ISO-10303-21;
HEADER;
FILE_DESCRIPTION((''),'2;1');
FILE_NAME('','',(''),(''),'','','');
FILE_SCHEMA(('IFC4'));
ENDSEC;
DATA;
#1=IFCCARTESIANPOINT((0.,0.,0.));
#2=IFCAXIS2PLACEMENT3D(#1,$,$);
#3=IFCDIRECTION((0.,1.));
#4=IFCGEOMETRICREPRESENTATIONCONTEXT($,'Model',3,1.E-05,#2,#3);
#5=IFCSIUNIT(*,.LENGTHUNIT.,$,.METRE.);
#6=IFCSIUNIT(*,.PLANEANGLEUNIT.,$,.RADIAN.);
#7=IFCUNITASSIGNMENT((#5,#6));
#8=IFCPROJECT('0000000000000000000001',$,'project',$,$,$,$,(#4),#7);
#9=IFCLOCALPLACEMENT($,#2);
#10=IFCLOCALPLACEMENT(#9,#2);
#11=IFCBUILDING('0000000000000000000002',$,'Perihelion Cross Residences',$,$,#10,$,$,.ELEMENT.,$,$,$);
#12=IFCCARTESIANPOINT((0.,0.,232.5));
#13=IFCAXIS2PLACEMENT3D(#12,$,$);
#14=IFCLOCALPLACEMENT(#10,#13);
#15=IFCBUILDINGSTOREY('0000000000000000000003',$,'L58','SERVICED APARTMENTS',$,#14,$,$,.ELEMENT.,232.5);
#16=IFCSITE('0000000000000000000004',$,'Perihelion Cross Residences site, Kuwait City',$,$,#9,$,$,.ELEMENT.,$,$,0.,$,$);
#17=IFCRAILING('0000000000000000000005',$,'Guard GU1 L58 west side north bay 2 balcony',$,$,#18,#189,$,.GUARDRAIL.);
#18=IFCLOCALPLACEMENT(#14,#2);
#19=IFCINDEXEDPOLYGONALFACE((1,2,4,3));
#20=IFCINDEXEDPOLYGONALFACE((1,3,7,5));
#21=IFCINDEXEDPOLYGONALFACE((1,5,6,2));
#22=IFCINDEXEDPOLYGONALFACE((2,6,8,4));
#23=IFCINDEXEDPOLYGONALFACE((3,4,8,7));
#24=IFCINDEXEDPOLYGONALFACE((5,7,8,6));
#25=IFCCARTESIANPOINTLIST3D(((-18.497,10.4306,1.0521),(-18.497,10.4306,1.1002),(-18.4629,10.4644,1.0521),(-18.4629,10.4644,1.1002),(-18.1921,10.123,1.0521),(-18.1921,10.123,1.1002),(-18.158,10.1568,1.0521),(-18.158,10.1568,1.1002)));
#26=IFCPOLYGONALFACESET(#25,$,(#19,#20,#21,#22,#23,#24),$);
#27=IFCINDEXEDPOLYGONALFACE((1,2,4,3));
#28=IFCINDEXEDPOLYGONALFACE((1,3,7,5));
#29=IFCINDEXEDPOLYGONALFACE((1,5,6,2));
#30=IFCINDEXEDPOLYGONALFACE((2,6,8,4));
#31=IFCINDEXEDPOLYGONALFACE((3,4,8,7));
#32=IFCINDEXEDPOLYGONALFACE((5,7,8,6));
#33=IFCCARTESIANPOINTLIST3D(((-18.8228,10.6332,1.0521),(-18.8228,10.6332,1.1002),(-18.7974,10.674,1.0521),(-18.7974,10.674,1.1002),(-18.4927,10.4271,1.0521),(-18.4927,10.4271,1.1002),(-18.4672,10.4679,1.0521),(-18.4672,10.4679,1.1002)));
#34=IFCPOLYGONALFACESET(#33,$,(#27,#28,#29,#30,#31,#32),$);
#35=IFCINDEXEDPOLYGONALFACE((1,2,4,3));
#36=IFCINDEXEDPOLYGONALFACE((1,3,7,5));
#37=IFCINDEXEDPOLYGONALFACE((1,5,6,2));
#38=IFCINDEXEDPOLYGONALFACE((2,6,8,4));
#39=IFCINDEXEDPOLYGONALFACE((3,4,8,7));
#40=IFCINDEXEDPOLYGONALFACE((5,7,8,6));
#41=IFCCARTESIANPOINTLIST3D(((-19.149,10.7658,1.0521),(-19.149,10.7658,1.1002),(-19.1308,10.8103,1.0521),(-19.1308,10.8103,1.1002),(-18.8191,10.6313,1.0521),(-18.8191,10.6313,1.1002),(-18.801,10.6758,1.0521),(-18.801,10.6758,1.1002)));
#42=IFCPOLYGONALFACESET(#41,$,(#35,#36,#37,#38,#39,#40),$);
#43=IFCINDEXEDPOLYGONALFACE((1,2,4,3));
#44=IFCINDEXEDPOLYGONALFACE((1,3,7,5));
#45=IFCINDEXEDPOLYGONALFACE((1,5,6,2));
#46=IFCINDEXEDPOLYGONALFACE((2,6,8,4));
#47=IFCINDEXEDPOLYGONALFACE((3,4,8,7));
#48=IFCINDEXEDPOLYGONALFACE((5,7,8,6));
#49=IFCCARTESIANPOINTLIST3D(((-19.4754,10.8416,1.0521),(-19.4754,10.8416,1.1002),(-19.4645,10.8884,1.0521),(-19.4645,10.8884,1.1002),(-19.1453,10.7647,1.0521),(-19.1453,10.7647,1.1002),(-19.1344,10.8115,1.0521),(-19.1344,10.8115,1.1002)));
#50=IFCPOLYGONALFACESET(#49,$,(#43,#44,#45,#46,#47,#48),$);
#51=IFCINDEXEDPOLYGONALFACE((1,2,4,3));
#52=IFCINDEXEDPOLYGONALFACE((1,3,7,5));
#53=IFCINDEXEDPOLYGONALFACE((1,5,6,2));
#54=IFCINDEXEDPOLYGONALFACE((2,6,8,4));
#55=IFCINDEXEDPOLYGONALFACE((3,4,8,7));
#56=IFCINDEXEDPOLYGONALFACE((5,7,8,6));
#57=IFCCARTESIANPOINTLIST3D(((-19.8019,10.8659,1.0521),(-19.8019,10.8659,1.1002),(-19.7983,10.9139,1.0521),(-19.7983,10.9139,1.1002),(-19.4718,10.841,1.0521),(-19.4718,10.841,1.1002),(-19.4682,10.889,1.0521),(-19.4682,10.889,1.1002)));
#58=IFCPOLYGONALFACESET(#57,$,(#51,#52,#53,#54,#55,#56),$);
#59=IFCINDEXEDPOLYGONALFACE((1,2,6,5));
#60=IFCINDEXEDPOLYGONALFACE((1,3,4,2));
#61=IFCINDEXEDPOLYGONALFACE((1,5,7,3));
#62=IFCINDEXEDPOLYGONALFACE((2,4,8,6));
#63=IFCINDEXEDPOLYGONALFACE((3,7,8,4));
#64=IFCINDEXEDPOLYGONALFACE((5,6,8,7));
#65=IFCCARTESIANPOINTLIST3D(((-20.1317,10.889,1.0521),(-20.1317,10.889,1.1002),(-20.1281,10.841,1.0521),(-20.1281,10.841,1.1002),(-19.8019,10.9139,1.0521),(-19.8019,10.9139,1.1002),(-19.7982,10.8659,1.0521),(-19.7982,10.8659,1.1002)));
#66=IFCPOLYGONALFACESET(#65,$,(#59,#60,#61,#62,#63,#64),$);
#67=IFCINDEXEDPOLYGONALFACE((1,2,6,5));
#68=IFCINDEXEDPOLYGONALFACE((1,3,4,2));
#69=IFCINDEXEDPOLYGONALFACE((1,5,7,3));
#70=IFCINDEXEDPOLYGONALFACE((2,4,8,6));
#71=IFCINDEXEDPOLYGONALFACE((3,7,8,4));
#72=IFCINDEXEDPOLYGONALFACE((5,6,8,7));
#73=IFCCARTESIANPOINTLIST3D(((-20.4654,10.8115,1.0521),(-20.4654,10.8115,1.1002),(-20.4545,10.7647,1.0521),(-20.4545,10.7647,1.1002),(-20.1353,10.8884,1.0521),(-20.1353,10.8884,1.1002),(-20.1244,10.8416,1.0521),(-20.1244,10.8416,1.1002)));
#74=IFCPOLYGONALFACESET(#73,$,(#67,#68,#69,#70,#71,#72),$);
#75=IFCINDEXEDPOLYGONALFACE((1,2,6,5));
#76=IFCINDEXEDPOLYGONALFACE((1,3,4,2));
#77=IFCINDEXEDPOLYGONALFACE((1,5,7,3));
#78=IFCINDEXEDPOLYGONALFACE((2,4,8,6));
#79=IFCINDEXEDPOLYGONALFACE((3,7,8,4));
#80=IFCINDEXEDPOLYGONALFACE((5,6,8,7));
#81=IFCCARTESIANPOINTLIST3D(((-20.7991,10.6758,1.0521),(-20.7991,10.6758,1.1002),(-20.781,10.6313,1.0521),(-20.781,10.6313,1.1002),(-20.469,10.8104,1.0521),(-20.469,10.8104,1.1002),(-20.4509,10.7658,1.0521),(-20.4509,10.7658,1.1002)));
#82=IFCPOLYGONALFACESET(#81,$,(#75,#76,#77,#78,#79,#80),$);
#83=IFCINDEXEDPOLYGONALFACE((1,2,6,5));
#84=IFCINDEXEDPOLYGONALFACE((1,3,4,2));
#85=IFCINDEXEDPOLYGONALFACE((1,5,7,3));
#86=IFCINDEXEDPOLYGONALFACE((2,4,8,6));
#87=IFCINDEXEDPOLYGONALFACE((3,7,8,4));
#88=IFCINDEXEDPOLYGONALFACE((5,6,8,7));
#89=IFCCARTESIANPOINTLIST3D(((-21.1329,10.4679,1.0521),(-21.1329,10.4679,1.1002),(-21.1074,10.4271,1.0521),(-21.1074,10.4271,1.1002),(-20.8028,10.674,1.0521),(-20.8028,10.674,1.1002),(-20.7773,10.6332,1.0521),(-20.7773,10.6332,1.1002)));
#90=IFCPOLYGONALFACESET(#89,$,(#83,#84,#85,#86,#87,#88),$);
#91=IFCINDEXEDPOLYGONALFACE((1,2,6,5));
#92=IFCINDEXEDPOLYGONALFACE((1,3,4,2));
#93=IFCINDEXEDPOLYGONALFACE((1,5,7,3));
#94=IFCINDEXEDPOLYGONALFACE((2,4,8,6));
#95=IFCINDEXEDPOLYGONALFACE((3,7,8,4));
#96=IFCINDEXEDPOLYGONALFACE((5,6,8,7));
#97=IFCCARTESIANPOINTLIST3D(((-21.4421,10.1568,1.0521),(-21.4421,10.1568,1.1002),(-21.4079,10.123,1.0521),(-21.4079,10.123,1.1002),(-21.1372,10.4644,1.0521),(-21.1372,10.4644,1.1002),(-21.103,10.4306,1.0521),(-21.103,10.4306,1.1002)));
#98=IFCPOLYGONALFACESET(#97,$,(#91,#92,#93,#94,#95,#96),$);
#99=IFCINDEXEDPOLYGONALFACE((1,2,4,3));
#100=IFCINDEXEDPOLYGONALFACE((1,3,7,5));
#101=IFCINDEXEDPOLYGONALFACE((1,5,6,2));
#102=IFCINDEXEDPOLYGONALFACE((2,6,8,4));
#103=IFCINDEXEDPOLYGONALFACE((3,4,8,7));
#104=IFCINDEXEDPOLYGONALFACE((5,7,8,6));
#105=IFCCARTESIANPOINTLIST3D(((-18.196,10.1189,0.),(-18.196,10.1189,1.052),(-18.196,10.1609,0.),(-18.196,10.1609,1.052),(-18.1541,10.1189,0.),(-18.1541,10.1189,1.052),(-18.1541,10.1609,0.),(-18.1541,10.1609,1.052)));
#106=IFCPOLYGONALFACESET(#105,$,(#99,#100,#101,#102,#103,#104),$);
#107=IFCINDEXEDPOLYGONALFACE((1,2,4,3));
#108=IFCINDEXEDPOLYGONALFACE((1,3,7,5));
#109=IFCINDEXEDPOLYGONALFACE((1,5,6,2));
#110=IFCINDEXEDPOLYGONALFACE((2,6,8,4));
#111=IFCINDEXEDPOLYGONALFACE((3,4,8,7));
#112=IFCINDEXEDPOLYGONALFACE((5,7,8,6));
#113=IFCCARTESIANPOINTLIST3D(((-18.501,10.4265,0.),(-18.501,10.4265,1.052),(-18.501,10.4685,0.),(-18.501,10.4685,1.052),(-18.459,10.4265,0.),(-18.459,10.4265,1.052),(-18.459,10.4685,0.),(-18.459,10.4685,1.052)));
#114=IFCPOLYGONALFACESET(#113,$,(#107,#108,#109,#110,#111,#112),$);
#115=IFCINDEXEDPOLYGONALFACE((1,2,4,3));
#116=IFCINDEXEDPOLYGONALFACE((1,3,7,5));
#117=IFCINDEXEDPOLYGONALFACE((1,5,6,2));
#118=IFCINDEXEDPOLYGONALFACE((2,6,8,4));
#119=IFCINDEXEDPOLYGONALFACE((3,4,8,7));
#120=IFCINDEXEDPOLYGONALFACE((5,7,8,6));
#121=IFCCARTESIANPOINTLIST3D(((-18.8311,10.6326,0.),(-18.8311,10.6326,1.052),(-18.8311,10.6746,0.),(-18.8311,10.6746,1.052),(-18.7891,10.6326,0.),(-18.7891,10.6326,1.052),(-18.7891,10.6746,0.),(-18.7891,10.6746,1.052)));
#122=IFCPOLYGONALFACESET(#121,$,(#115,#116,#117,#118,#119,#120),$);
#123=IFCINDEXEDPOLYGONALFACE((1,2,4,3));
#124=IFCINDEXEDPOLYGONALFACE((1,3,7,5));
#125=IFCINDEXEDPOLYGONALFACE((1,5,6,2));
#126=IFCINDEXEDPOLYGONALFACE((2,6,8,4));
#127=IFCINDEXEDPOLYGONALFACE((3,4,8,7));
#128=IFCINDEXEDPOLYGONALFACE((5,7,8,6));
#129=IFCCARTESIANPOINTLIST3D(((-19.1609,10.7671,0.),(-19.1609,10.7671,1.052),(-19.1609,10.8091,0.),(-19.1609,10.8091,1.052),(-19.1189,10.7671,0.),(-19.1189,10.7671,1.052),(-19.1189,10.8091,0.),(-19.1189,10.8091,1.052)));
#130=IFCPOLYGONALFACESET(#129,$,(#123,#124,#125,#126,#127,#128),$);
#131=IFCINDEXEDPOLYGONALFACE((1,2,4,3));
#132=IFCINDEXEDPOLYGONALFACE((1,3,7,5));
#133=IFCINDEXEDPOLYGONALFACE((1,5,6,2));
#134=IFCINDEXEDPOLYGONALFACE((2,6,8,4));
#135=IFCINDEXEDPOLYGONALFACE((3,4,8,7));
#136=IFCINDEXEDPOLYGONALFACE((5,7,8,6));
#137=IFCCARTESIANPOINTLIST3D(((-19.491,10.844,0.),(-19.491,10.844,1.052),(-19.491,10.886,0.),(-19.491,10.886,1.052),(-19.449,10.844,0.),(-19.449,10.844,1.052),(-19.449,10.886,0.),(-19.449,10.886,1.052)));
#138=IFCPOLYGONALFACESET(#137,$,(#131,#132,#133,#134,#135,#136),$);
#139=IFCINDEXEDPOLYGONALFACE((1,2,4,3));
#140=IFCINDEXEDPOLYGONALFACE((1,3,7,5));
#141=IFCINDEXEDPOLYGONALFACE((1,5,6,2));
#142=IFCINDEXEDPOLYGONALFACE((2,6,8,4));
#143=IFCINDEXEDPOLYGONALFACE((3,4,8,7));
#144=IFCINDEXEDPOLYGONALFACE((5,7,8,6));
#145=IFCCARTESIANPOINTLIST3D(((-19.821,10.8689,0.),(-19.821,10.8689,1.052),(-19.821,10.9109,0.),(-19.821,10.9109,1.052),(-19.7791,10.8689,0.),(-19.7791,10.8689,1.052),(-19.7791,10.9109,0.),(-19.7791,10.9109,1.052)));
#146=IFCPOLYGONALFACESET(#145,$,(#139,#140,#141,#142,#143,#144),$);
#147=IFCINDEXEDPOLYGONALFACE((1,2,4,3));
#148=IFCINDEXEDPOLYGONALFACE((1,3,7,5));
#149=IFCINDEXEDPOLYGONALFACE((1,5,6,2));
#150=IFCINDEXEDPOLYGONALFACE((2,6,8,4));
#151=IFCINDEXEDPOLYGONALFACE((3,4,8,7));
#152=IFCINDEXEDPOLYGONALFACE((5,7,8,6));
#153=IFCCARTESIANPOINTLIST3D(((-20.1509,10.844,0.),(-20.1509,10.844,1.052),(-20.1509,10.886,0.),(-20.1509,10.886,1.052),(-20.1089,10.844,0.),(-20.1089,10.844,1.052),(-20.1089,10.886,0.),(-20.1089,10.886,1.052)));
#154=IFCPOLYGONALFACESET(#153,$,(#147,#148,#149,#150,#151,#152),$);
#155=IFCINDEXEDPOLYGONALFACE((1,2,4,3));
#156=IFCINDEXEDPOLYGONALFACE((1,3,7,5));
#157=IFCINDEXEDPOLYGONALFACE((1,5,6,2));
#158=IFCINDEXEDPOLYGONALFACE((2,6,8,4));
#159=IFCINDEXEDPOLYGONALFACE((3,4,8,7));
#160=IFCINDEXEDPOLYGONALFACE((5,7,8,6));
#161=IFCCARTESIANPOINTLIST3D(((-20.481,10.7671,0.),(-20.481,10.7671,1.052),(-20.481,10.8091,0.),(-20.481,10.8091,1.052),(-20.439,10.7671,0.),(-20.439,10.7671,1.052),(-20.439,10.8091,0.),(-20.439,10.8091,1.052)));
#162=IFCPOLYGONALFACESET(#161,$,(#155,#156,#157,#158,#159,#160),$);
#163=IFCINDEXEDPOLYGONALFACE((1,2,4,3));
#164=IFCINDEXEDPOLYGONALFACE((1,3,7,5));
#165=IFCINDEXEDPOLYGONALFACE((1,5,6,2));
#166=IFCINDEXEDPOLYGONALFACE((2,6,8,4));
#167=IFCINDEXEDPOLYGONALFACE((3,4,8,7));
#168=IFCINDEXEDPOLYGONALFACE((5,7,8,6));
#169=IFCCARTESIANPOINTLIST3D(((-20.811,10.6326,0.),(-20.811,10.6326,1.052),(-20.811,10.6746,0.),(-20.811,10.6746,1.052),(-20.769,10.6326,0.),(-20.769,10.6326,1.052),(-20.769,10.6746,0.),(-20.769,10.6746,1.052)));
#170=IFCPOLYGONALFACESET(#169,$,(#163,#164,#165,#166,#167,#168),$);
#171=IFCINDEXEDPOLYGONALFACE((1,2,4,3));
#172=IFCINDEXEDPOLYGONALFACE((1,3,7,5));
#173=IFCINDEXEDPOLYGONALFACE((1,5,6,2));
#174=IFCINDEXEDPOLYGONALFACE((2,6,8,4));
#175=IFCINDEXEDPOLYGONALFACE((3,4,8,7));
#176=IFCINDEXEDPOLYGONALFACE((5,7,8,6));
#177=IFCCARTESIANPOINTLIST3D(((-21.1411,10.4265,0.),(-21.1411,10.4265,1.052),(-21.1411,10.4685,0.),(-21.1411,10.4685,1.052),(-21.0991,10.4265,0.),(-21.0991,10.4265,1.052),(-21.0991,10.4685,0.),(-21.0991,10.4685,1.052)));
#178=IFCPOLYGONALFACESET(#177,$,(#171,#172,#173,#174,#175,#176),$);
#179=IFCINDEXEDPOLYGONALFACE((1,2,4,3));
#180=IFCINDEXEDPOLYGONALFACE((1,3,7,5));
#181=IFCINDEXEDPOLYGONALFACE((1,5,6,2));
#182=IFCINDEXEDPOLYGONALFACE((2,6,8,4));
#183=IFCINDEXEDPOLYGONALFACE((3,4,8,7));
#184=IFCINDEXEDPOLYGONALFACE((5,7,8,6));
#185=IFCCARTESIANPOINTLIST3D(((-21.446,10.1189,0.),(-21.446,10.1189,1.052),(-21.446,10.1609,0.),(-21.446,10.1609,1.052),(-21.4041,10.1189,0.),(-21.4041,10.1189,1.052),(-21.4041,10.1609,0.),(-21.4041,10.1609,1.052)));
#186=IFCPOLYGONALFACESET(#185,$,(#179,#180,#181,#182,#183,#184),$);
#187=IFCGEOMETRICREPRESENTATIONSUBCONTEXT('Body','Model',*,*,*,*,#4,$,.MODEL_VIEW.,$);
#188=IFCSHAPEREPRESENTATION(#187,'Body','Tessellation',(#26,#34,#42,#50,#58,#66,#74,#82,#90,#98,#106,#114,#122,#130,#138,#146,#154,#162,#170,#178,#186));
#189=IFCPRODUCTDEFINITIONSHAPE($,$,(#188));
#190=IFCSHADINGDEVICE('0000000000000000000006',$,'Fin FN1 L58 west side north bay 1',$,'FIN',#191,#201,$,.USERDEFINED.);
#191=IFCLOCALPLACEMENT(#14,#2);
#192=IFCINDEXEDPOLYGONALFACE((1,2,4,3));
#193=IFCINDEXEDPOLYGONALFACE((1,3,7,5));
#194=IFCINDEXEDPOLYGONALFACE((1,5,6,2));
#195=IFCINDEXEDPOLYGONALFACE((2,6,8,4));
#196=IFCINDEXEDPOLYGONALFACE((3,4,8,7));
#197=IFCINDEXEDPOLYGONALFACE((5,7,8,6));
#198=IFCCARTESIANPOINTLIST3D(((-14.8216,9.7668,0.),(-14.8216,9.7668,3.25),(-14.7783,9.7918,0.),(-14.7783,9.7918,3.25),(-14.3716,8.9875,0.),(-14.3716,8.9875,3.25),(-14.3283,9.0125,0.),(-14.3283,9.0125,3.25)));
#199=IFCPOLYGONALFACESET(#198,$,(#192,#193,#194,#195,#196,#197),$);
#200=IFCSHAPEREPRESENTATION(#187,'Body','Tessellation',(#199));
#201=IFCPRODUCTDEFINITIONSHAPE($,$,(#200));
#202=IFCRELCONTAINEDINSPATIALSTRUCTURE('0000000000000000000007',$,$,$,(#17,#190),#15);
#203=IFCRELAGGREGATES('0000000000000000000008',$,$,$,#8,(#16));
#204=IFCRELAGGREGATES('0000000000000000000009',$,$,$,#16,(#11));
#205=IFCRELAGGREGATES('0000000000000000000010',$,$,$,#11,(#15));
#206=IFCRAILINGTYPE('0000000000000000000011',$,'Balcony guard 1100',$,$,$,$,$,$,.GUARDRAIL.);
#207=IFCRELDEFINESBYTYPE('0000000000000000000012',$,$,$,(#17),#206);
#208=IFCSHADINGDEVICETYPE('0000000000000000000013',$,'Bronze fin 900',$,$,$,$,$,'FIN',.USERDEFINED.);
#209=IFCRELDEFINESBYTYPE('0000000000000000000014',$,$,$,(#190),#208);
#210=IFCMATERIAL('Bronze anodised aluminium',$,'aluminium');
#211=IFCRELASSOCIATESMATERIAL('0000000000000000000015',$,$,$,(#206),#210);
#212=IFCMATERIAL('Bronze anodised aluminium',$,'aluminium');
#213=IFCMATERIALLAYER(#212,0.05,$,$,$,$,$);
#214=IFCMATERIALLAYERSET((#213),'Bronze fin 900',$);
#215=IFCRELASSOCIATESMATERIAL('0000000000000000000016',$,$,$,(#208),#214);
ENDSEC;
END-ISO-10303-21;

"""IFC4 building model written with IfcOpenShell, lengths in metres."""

from ifc_helpers import new_model, si_unit, direction, frame, origin, origin_2d, place, context, subcontext, project, spatial, rectangle, extrude, material, layer, layer_set, type_object, element, save


model = new_model("IFC4")

# Units and contexts
model_context = context("Model", 3, precision=1e-05, world=origin(), true_north=direction((0.0, 1.0)))
body_context = subcontext(model_context, "Body", "Model", "MODEL_VIEW")
ifc_project = project(units=[si_unit("LENGTHUNIT", "METRE"), si_unit("PLANEANGLEUNIT", "RADIAN")], contexts=[model_context])

# Site, building, storey
site_placement = place(None, origin())
site = spatial("IfcSite", under=ifc_project, at=site_placement, Name="Perihelion Cross Residences site, Kuwait City", CompositionType="ELEMENT", RefElevation=0.0)
building_placement = place(site_placement, origin())
building = spatial("IfcBuilding", under=site, at=building_placement, Name="Perihelion Cross Residences", CompositionType="ELEMENT")
storey_placement = place(building_placement, frame((0.0, 0.0, 232.5)))
storey = spatial("IfcBuildingStorey", under=building, at=storey_placement, Name="L58", Description="SERVICED APARTMENTS", CompositionType="ELEMENT", Elevation=232.5)

# Railing
ifc_material_1 = material(Name="Bronze anodised aluminium", Category="aluminium")
railing_type = type_object("IfcRailingType", Name="Balcony guard 1100", PredefinedType="GUARDRAIL", material=ifc_material_1)
railing_placement = place(storey_placement, frame((-18.175, 10.1399, 0.0)))
element("IfcRailing", 1, at=railing_placement, inside=storey, type_object=railing_type, Name="Guard GU1 L58 west side north bay 2 balcony", PredefinedType="GUARDRAIL", context=body_context, shape_type="SweptSolid", body=[
    extrude(rectangle(XDim=0.0481, YDim=0.0481, at=origin_2d()), frame((0.0, 0.0, 1.0762), z_axis=(-0.704, 0.7102, 0.0), x_axis=(-0.7102, -0.704, 0.0)), (0.0, 0.0, 1.0), 0.4331),
    extrude(rectangle(XDim=0.0481, YDim=0.0481, at=origin_2d()), frame((-0.3049, 0.3076, 1.0762), z_axis=(-0.84828, 0.529548, 0.0), x_axis=(-0.529548, -0.84828, 0.0)), (0.0, 0.0, 1.0), 0.3892),
    extrude(rectangle(XDim=0.0481, YDim=0.0481, at=origin_2d()), frame((-0.635, 0.5137, 1.0762), z_axis=(-0.92595, 0.377645, 0.0), x_axis=(-0.377645, -0.92595, 0.0)), (0.0, 0.0, 1.0), 0.3562),
    extrude(rectangle(XDim=0.0481, YDim=0.0481, at=origin_2d()), frame((-0.9648, 0.6482, 1.0762), z_axis=(-0.973916, 0.226911, 0.0), x_axis=(-0.226911, -0.973916, 0.0)), (0.0, 0.0, 1.0), 0.3389),
    extrude(rectangle(XDim=0.0481, YDim=0.0481, at=origin_2d()), frame((-1.2949, 0.7251, 1.0762), z_axis=(-0.997166, 0.07523, 0.0), x_axis=(-0.07523, -0.997166, 0.0)), (0.0, 0.0, 1.0), 0.3311),
    extrude(rectangle(XDim=0.0481, YDim=0.0481, at=origin_2d()), frame((-1.625, 0.75, 1.0762), z_axis=(-0.997162, -0.075285, 0.0), x_axis=(0.075285, -0.997162, 0.0)), (0.0, 0.0, 1.0), 0.3308),
    extrude(rectangle(XDim=0.0481, YDim=0.0481, at=origin_2d()), frame((-1.9548, 0.7251, 1.0762), z_axis=(-0.973916, -0.226911, 0.0), x_axis=(0.226911, -0.973916, 0.0)), (0.0, 0.0, 1.0), 0.3389),
    extrude(rectangle(XDim=0.0481, YDim=0.0481, at=origin_2d()), frame((-2.2849, 0.6482, 1.0762), z_axis=(-0.926048, -0.377406, 0.0), x_axis=(0.377406, -0.926048, 0.0)), (0.0, 0.0, 1.0), 0.3564),
    extrude(rectangle(XDim=0.0481, YDim=0.0481, at=origin_2d()), frame((-2.615, 0.5137, 1.0762), z_axis=(-0.84828, -0.529548, 0.0), x_axis=(0.529548, -0.84828, 0.0)), (0.0, 0.0, 1.0), 0.3892),
    extrude(rectangle(XDim=0.0481, YDim=0.0481, at=origin_2d()), frame((-2.9451, 0.3076, 1.0762), z_axis=(-0.704, -0.7102, 0.0), x_axis=(0.7102, -0.704, 0.0)), (0.0, 0.0, 1.0), 0.4331),
    extrude(rectangle(XDim=0.042, YDim=0.042, at=origin_2d()), origin(), (0.0, 0.0, 1.0), 1.052),
    extrude(rectangle(XDim=0.042, YDim=0.042, at=origin_2d()), frame((-0.3049, 0.3076, 0.0)), (0.0, 0.0, 1.0), 1.052),
    extrude(rectangle(XDim=0.042, YDim=0.042, at=origin_2d()), frame((-0.635, 0.5137, 0.0)), (0.0, 0.0, 1.0), 1.052),
    extrude(rectangle(XDim=0.042, YDim=0.042, at=origin_2d()), frame((-0.9648, 0.6482, 0.0)), (0.0, 0.0, 1.0), 1.052),
    extrude(rectangle(XDim=0.042, YDim=0.042, at=origin_2d()), frame((-1.2949, 0.7251, 0.0)), (0.0, 0.0, 1.0), 1.052),
    extrude(rectangle(XDim=0.042, YDim=0.042, at=origin_2d()), frame((-1.625, 0.75, 0.0)), (0.0, 0.0, 1.0), 1.052),
    extrude(rectangle(XDim=0.042, YDim=0.042, at=origin_2d()), frame((-1.9548, 0.7251, 0.0)), (0.0, 0.0, 1.0), 1.052),
    extrude(rectangle(XDim=0.042, YDim=0.042, at=origin_2d()), frame((-2.2849, 0.6482, 0.0)), (0.0, 0.0, 1.0), 1.052),
    extrude(rectangle(XDim=0.042, YDim=0.042, at=origin_2d()), frame((-2.615, 0.5137, 0.0)), (0.0, 0.0, 1.0), 1.052),
    extrude(rectangle(XDim=0.042, YDim=0.042, at=origin_2d()), frame((-2.9451, 0.3076, 0.0)), (0.0, 0.0, 1.0), 1.052),
    extrude(rectangle(XDim=0.042, YDim=0.042, at=origin_2d()), frame((-3.25, 0.0, 0.0)), (0.0, 0.0, 1.0), 1.052),
])

# Shading device
ifc_material_2 = material(Name="Bronze anodised aluminium", Category="aluminium")
ifc_layer_1 = layer(ifc_material_2, 0.05)
ifc_layer_set_1 = layer_set([ifc_layer_1], Name="Bronze fin 900")
shading_device_type = type_object("IfcShadingDeviceType", Name="Bronze fin 900", ElementType="FIN", PredefinedType="USERDEFINED", material=ifc_layer_set_1)
shading_device_placement = place(storey_placement, frame((-14.575, 9.3896, 0.0), z_axis=(0.0, 0.0, 1.0), x_axis=(-0.5, 0.866025, 0.0)))
element("IfcShadingDevice", 2, at=shading_device_placement, inside=storey, type_object=shading_device_type, Name="Fin FN1 L58 west side north bay 1", ObjectType="FIN", PredefinedType="USERDEFINED", context=body_context, shape_type="SweptSolid", body=[
    extrude(rectangle(XDim=0.8999, YDim=0.05, at=origin_2d()), origin(), (0.0, 0.0, 1.0), 3.25),
])

save(model, "model.ifc")
